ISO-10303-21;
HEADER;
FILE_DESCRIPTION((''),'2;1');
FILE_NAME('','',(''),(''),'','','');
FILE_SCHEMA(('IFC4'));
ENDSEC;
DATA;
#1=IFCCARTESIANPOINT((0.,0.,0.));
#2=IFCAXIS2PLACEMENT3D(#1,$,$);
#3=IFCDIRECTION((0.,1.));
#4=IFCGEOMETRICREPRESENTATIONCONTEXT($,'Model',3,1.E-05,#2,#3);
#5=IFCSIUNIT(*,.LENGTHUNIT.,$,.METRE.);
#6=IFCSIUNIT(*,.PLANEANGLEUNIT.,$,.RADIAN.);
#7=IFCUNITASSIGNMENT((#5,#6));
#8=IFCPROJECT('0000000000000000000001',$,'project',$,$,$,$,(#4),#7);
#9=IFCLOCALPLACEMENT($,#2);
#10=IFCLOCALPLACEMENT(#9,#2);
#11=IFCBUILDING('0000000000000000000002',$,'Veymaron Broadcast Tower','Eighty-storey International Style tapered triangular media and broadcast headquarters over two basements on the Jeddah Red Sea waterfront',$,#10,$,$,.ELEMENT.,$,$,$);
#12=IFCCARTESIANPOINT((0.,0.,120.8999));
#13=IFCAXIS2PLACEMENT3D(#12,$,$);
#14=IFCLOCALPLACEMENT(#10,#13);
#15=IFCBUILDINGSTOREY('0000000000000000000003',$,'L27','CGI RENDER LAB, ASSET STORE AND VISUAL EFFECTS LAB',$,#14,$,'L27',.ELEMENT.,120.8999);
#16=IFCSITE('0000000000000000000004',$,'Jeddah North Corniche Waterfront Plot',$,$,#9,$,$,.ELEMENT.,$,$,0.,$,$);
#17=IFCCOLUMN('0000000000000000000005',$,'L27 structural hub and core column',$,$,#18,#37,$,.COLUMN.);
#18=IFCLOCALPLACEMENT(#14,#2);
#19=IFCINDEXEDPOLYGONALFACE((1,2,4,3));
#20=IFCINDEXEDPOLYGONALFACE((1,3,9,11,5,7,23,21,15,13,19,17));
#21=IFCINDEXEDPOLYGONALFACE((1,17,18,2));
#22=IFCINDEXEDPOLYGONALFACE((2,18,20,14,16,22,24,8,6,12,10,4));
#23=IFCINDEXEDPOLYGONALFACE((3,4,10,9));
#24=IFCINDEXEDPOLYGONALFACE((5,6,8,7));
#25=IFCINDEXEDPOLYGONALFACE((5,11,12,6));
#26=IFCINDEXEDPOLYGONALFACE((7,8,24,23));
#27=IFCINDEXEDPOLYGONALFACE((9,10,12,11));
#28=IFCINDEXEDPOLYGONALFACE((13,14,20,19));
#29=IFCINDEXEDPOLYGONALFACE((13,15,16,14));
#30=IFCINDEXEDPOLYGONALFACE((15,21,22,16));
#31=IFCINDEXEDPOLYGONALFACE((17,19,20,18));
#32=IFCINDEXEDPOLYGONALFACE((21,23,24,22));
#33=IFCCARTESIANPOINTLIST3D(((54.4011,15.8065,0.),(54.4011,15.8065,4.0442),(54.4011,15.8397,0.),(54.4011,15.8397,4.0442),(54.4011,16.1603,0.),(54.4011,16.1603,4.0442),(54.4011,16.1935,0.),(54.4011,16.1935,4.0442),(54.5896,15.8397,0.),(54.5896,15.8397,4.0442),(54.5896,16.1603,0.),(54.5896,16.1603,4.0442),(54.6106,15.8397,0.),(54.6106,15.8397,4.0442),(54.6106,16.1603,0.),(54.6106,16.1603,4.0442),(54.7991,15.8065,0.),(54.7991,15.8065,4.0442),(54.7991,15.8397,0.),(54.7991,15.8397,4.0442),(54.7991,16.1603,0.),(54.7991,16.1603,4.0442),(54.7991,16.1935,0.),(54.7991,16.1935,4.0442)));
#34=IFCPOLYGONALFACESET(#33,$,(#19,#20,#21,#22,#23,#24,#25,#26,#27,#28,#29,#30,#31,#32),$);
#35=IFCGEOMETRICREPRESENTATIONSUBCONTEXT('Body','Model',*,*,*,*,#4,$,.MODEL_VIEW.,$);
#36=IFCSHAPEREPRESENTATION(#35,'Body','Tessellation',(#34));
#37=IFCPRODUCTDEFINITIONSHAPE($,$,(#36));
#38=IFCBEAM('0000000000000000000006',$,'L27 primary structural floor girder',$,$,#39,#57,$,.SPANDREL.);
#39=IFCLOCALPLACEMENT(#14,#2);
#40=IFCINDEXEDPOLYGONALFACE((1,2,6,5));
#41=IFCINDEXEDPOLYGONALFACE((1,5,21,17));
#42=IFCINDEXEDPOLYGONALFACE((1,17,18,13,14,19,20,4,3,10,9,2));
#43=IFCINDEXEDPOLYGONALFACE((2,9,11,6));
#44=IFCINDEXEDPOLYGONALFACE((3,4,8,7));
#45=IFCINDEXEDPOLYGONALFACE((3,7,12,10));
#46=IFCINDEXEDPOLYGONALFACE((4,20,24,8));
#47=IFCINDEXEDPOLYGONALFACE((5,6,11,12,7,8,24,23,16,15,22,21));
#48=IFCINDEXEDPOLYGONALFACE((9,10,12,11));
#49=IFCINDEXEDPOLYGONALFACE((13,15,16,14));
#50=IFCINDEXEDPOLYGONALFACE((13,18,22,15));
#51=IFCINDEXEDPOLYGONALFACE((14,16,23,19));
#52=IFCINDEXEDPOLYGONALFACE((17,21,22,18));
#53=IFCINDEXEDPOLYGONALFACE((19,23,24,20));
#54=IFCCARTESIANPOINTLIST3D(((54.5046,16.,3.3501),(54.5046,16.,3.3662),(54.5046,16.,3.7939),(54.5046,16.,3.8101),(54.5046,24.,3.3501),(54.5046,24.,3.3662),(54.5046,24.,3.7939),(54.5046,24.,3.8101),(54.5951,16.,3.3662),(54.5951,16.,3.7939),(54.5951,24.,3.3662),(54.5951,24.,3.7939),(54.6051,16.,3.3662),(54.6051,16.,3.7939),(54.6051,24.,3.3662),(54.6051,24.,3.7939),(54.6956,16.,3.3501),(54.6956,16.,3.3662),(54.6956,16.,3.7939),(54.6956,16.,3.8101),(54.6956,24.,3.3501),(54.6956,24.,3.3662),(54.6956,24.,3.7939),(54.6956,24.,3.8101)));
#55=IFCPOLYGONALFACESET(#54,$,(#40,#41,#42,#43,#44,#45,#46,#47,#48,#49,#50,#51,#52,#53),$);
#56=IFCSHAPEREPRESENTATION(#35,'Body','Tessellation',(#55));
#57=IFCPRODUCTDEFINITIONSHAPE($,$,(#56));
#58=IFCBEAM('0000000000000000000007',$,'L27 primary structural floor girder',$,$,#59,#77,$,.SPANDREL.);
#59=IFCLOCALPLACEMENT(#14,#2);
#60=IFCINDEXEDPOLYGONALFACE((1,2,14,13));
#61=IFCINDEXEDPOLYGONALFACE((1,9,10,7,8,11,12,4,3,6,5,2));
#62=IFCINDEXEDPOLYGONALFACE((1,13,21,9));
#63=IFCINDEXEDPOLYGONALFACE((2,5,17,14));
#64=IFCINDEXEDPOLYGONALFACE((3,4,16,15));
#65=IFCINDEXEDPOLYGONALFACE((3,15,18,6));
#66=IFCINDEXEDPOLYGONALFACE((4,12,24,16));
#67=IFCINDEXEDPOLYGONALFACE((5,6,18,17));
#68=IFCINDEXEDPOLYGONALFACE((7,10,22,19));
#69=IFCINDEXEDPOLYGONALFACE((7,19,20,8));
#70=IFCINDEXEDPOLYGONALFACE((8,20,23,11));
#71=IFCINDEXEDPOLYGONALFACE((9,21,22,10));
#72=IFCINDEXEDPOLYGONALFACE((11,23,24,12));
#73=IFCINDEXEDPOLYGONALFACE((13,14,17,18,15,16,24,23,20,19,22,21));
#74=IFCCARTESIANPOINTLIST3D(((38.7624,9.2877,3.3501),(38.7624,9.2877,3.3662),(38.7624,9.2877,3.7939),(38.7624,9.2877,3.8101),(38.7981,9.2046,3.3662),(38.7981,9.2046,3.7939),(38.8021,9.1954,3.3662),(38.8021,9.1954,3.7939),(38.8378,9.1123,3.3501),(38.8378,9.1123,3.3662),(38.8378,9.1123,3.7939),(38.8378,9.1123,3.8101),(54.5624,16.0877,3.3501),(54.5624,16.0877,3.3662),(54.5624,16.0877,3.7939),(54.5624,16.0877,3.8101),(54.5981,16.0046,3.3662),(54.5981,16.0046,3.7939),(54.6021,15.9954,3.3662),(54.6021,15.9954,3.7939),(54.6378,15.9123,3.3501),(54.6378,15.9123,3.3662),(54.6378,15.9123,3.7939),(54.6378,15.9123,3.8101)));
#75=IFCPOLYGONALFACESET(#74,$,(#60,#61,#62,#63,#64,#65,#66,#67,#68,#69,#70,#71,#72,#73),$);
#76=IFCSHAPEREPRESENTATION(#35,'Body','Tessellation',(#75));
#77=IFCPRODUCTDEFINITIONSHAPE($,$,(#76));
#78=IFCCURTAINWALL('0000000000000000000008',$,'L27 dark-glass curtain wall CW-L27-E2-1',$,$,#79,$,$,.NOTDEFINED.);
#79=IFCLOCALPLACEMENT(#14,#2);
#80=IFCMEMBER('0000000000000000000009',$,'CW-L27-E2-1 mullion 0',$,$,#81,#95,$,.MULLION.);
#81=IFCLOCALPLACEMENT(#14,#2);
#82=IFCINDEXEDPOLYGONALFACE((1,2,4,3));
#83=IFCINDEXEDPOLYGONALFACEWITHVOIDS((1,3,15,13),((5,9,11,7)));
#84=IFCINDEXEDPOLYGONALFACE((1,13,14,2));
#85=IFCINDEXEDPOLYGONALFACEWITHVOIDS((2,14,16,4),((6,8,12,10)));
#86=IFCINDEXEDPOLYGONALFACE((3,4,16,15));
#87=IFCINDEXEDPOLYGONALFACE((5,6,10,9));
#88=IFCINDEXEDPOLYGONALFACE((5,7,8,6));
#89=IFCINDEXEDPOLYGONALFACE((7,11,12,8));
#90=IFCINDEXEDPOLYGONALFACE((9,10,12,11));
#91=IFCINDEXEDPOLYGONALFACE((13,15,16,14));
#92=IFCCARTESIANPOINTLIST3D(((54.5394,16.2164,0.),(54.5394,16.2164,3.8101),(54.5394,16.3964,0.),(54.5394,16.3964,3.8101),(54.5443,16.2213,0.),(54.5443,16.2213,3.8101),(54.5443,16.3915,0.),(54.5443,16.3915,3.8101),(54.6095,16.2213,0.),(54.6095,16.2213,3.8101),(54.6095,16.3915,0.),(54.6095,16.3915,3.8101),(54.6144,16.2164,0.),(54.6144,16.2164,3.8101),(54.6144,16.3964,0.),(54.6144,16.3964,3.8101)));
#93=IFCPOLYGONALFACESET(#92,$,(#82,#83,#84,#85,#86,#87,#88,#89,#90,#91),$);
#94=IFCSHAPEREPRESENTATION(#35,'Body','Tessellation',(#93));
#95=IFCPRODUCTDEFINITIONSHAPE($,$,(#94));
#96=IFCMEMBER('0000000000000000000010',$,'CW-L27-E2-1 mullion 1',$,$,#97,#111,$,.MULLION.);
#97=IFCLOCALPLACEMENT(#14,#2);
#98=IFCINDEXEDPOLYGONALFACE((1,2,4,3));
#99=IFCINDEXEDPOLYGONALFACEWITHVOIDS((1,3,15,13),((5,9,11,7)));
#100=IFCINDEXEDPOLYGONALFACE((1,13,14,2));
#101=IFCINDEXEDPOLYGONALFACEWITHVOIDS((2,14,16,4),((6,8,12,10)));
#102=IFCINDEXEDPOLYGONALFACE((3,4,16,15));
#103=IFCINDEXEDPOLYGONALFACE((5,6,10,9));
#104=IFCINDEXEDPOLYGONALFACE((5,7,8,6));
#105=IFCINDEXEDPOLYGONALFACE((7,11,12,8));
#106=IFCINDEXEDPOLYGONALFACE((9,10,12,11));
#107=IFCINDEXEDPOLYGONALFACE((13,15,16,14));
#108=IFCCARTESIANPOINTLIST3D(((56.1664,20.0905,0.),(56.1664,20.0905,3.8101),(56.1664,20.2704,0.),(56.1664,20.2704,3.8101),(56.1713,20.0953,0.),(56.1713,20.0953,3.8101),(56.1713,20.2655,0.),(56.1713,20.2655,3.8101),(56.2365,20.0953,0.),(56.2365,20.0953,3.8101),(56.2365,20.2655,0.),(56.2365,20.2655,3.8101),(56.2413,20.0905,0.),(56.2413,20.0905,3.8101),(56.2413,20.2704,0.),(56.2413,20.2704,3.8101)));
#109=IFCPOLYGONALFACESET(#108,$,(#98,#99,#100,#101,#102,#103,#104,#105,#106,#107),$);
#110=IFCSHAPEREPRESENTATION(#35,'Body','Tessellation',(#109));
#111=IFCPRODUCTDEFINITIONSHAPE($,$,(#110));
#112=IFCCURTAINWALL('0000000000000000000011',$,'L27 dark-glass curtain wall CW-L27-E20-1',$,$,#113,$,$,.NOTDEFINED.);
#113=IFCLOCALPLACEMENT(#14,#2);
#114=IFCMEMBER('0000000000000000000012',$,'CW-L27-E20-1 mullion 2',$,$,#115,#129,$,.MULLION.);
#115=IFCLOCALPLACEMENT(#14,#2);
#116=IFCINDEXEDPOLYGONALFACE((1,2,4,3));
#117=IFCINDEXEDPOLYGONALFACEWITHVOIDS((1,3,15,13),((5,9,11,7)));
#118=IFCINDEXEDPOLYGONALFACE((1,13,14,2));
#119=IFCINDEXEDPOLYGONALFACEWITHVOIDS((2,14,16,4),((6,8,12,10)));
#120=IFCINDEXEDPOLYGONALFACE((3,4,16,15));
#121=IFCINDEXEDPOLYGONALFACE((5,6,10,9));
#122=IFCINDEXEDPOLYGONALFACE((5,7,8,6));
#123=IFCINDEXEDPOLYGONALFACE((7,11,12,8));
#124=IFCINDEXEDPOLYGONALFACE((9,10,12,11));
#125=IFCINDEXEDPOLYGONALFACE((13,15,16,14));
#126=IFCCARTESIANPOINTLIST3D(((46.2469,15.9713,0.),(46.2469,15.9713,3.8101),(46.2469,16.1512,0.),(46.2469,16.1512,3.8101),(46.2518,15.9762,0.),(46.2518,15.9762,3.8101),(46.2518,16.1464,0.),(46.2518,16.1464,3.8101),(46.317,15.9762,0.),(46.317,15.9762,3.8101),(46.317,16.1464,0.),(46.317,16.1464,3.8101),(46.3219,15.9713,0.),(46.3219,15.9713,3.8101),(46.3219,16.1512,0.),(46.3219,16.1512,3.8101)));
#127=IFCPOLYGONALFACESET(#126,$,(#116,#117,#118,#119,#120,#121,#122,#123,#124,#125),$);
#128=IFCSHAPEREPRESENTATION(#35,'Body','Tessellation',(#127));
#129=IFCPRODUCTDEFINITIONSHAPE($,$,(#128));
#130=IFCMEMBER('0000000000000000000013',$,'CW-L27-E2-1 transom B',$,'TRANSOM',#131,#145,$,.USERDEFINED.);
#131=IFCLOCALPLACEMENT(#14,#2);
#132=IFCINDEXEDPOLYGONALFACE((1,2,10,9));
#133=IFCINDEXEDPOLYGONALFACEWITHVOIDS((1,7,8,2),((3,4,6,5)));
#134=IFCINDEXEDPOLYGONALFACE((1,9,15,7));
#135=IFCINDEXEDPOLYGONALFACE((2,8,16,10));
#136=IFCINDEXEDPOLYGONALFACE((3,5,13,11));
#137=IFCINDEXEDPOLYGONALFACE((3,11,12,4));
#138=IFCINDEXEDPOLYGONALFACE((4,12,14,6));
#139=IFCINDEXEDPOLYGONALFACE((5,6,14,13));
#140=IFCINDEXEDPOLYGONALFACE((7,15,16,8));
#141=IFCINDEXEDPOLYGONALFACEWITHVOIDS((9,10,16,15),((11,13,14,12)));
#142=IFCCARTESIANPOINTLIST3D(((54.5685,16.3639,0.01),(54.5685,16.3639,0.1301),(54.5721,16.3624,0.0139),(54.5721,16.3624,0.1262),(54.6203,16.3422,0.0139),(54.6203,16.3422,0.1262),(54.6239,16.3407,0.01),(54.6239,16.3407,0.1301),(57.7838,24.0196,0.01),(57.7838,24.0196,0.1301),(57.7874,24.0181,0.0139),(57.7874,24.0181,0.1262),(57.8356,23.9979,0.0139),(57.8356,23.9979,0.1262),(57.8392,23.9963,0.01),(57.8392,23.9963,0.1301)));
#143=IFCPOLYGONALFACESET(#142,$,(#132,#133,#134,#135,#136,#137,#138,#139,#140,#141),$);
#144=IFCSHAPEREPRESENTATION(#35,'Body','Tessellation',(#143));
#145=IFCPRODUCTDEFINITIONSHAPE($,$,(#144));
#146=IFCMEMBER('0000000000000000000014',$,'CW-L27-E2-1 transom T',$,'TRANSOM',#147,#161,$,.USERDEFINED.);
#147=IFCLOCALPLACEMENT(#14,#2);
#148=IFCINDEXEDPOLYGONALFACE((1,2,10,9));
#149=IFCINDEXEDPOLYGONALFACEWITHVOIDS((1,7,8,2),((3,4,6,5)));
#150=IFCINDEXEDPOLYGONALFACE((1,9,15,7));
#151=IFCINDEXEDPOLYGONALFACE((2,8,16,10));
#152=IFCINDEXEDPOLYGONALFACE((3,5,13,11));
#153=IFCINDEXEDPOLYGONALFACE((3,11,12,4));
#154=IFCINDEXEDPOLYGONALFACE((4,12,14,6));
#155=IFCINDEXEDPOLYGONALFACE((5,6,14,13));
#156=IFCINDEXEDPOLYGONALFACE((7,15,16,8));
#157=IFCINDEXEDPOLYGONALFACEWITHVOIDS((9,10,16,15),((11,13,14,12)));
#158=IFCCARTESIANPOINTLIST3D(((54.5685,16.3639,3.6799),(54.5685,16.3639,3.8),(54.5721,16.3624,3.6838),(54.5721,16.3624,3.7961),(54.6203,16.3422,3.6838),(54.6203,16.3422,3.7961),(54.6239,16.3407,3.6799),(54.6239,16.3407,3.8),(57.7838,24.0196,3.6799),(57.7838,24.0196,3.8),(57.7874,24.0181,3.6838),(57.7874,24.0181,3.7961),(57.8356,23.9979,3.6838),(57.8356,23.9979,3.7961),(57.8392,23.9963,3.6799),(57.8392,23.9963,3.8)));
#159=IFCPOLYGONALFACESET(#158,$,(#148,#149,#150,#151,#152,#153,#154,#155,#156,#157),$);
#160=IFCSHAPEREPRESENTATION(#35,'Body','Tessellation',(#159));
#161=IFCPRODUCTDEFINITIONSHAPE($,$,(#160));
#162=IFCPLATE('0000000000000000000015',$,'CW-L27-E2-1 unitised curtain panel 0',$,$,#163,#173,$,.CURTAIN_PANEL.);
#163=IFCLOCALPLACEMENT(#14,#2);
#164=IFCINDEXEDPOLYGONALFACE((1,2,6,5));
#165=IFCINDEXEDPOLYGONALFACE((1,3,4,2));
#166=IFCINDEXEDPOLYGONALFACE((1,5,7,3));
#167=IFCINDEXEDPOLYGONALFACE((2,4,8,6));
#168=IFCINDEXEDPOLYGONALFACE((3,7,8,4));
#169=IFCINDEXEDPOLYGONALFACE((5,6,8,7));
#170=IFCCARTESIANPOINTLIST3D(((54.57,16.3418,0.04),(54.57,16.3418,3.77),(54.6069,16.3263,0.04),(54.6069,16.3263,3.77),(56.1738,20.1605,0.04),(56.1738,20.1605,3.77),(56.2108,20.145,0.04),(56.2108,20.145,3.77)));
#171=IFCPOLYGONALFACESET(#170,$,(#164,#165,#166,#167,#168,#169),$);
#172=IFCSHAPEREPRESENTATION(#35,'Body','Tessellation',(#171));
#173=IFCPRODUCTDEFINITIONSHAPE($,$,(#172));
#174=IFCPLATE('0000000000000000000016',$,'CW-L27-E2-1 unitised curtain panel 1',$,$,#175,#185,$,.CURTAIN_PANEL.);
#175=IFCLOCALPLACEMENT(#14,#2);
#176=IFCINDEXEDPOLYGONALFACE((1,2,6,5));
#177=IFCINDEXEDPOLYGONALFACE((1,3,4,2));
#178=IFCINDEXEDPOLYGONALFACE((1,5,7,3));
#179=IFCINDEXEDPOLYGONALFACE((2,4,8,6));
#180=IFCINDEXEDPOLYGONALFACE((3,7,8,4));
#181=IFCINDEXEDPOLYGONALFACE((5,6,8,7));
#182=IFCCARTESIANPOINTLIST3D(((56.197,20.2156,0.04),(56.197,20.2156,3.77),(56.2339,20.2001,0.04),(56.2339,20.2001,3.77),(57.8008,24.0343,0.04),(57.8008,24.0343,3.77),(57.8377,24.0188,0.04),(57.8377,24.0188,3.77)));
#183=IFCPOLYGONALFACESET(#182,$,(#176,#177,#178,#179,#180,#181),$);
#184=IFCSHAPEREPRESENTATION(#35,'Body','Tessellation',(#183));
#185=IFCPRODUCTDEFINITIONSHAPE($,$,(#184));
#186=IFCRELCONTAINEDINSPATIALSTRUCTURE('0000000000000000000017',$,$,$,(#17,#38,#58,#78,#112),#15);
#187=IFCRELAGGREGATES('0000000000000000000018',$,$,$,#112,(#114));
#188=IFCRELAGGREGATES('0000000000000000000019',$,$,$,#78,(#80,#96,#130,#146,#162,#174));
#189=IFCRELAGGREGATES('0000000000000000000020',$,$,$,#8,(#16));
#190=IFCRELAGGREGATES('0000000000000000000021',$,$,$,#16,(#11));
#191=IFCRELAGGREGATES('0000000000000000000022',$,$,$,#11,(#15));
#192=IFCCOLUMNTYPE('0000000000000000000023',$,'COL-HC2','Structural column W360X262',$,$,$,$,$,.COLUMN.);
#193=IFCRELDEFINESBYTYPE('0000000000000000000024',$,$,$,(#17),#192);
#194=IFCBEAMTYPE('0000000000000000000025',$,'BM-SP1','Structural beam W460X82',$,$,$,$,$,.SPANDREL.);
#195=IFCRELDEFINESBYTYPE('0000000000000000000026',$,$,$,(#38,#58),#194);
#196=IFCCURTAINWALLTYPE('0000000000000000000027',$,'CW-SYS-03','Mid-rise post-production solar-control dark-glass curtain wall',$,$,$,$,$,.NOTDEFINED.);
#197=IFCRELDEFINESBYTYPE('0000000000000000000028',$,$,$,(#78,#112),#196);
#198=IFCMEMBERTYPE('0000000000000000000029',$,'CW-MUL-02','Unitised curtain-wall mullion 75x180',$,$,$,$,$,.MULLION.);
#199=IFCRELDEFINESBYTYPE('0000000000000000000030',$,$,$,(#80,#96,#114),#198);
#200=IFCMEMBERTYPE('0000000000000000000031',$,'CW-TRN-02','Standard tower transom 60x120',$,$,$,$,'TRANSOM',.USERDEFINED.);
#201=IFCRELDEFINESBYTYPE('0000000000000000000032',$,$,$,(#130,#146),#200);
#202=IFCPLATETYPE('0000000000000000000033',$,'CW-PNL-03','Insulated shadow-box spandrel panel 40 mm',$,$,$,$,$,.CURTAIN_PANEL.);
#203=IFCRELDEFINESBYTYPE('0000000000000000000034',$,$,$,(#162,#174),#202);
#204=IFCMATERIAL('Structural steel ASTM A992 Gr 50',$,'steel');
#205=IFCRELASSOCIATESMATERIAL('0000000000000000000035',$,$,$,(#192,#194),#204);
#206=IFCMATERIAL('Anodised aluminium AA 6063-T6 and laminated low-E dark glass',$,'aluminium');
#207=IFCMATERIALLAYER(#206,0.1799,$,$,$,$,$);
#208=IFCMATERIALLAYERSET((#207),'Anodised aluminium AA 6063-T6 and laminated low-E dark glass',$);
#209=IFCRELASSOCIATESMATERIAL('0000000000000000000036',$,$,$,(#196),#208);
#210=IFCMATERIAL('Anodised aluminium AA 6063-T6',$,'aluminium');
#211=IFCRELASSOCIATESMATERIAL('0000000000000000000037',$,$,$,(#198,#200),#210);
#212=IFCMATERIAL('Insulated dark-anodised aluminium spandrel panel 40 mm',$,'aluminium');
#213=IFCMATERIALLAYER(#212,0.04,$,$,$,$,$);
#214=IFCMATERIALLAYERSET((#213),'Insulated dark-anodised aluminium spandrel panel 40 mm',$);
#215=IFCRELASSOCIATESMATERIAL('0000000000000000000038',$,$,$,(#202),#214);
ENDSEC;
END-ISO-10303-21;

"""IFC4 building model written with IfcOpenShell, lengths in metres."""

from ifc_helpers import new_model, si_unit, direction, frame, origin, origin_2d, place, context, subcontext, project, spatial, rectangle, hollow_rectangle, i_section, extrude, material, layer, layer_set, material_profile, profile_set, type_object, element, aggregate, save


model = new_model("IFC4")

# Units and contexts
model_context = context("Model", 3, precision=1e-05, world=origin(), true_north=direction((0.0, 1.0)))
body_context = subcontext(model_context, "Body", "Model", "MODEL_VIEW")
ifc_project = project(units=[si_unit("LENGTHUNIT", "METRE"), si_unit("PLANEANGLEUNIT", "RADIAN")], contexts=[model_context])

# Site, building, storey
site_placement = place(None, origin())
site = spatial("IfcSite", under=ifc_project, at=site_placement, Name="Jeddah North Corniche Waterfront Plot", CompositionType="ELEMENT", RefElevation=0.0)
building_placement = place(site_placement, origin())
building = spatial("IfcBuilding", under=site, at=building_placement, Name="Veymaron Broadcast Tower", Description="Eighty-storey International Style tapered triangular media and broadcast headquarters over two basements on the Jeddah Red Sea waterfront", CompositionType="ELEMENT")
storey_placement = place(building_placement, frame((0.0, 0.0, 120.8999)))
storey = spatial("IfcBuildingStorey", under=building, at=storey_placement, Name="L27", Description="CGI RENDER LAB, ASSET STORE AND VISUAL EFFECTS LAB", LongName="L27", CompositionType="ELEMENT", Elevation=120.8999)

# Column
ifc_material_1 = material(Name="Structural steel ASTM A992 Gr 50", Category="steel")
ifc_material_profile_1 = material_profile(ifc_material_1, i_section(OverallWidth=0.3979, OverallDepth=0.387, WebThickness=0.021, FlangeThickness=0.0332, at=origin_2d()), Name="W360X262")
ifc_profile_set_1 = profile_set([ifc_material_profile_1], Name="Structural steel ASTM A992 Gr 50")
column_type = type_object("IfcColumnType", Name="COL-HC2", Description="Structural column W360X262", PredefinedType="COLUMN", material=ifc_profile_set_1)
column_placement = place(storey_placement, frame((54.6001, 16.0, 0.0), z_axis=(0.0, 0.0, 1.0), x_axis=(1.0, 0.0, 0.0)))
element("IfcColumn", 1, at=column_placement, inside=storey, type_object=column_type, Name="L27 structural hub and core column", PredefinedType="COLUMN", context=body_context, shape_type="SweptSolid", body=[
    extrude(i_section(OverallWidth=0.3979, OverallDepth=0.387, WebThickness=0.021, FlangeThickness=0.0332, at=origin_2d()), origin(), (0.0, 0.0, 1.0), 4.0442),
])

# Beams
ifc_material_profile_2 = material_profile(ifc_material_1, i_section(OverallWidth=0.1909, OverallDepth=0.46, WebThickness=0.01, FlangeThickness=0.0161, at=origin_2d()), Name="W460X82")
ifc_profile_set_2 = profile_set([ifc_material_profile_2], Name="Structural steel ASTM A992 Gr 50")
beam_type = type_object("IfcBeamType", Name="BM-SP1", Description="Structural beam W460X82", PredefinedType="SPANDREL", material=ifc_profile_set_2)
beam_1_placement = place(storey_placement, frame((54.6001, 16.0, 3.5801), z_axis=(0.0, 1.0, 0.0), x_axis=(-1.0, 0.0, 0.0)))
element("IfcBeam", 2, at=beam_1_placement, inside=storey, type_object=beam_type, Name="L27 primary structural floor girder", PredefinedType="SPANDREL", context=body_context, shape_type="SweptSolid", body=[
    extrude(i_section(OverallWidth=0.1909, OverallDepth=0.46, WebThickness=0.01, FlangeThickness=0.0161, at=origin_2d()), origin(), (0.0, 0.0, 1.0), 8.0),
])
beam_2_placement = place(storey_placement, frame((54.6001, 16.0, 3.5801), z_axis=(-0.918542, -0.395323, 0.0), x_axis=(0.395323, -0.918542, 0.0)))
element("IfcBeam", 3, at=beam_2_placement, inside=storey, type_object=beam_type, Name="L27 primary structural floor girder", PredefinedType="SPANDREL", context=body_context, shape_type="SweptSolid", body=[
    extrude(i_section(OverallWidth=0.1909, OverallDepth=0.46, WebThickness=0.01, FlangeThickness=0.0161, at=origin_2d()), origin(), (0.0, 0.0, 1.0), 17.2012),
])

# Curtain wall, members
ifc_material_2 = material(Name="Anodised aluminium AA 6063-T6 and laminated low-E dark glass", Category="aluminium")
ifc_layer_1 = layer(ifc_material_2, 0.1799)
ifc_layer_set_1 = layer_set([ifc_layer_1], Name="Anodised aluminium AA 6063-T6 and laminated low-E dark glass")
curtain_wall_type = type_object("IfcCurtainWallType", Name="CW-SYS-03", Description="Mid-rise post-production solar-control dark-glass curtain wall", PredefinedType="NOTDEFINED", material=ifc_layer_set_1)
curtain_wall_1_placement = place(storey_placement, origin())
curtain_wall_1 = element("IfcCurtainWall", 4, at=curtain_wall_1_placement, inside=storey, type_object=curtain_wall_type, Name="L27 dark-glass curtain wall CW-L27-E2-1", PredefinedType="NOTDEFINED")
ifc_material_3 = material(Name="Anodised aluminium AA 6063-T6", Category="aluminium")
ifc_material_profile_3 = material_profile(ifc_material_3, hollow_rectangle(XDim=0.075, YDim=0.1799, WallThickness=0.0049, at=origin_2d()), Name="AL180X75X5")
ifc_profile_set_3 = profile_set([ifc_material_profile_3], Name="Anodised aluminium AA 6063-T6")
member_type_1 = type_object("IfcMemberType", Name="CW-MUL-02", Description="Unitised curtain-wall mullion 75x180", PredefinedType="MULLION", material=ifc_profile_set_3)
member_1_placement = place(storey_placement, frame((54.5769, 16.3064, 0.0), z_axis=(0.0, 0.0, 1.0), x_axis=(1.0, 0.0, 0.0)))
member_1 = element("IfcMember", 5, at=member_1_placement, type_object=member_type_1, Name="CW-L27-E2-1 mullion 0", PredefinedType="MULLION", context=body_context, shape_type="SweptSolid", body=[
    extrude(hollow_rectangle(XDim=0.075, YDim=0.1799, WallThickness=0.0049, at=origin_2d()), origin(), (0.0, 0.0, 1.0), 3.8101),
])
member_2_placement = place(storey_placement, frame((56.2039, 20.1804, 0.0), z_axis=(0.0, 0.0, 1.0), x_axis=(1.0, 0.0, 0.0)))
member_2 = element("IfcMember", 6, at=member_2_placement, type_object=member_type_1, Name="CW-L27-E2-1 mullion 1", PredefinedType="MULLION", context=body_context, shape_type="SweptSolid", body=[
    extrude(hollow_rectangle(XDim=0.075, YDim=0.1799, WallThickness=0.0049, at=origin_2d()), origin(), (0.0, 0.0, 1.0), 3.8101),
])

# Curtain wall, member
curtain_wall_2_placement = place(storey_placement, origin())
curtain_wall_2 = element("IfcCurtainWall", 7, at=curtain_wall_2_placement, inside=storey, type_object=curtain_wall_type, Name="L27 dark-glass curtain wall CW-L27-E20-1", PredefinedType="NOTDEFINED")
member_3_placement = place(storey_placement, frame((46.2844, 16.0613, 0.0), z_axis=(0.0, 0.0, 1.0), x_axis=(1.0, 0.0, 0.0)))
member_3 = element("IfcMember", 8, at=member_3_placement, type_object=member_type_1, Name="CW-L27-E20-1 mullion 2", PredefinedType="MULLION", context=body_context, shape_type="SweptSolid", body=[
    extrude(hollow_rectangle(XDim=0.075, YDim=0.1799, WallThickness=0.0049, at=origin_2d()), origin(), (0.0, 0.0, 1.0), 3.8101),
])
aggregate(curtain_wall_2, [member_3])

# Members
ifc_material_profile_4 = material_profile(ifc_material_3, hollow_rectangle(XDim=0.0601, YDim=0.1201, WallThickness=0.0039, at=origin_2d()), Name="AL120X60X4")
ifc_profile_set_4 = profile_set([ifc_material_profile_4], Name="Anodised aluminium AA 6063-T6")
member_type_2 = type_object("IfcMemberType", Name="CW-TRN-02", Description="Standard tower transom 60x120", ElementType="TRANSOM", PredefinedType="USERDEFINED", material=ifc_profile_set_4)
member_4_placement = place(storey_placement, frame((54.5962, 16.3523, 0.0701), z_axis=(0.387223, 0.921986, 0.0), x_axis=(-0.921986, 0.387223, 0.0)))
member_4 = element("IfcMember", 9, at=member_4_placement, type_object=member_type_2, Name="CW-L27-E2-1 transom B", ObjectType="TRANSOM", PredefinedType="USERDEFINED", context=body_context, shape_type="SweptSolid", body=[
    extrude(hollow_rectangle(XDim=0.0601, YDim=0.1201, WallThickness=0.0039, at=origin_2d()), origin(), (0.0, 0.0, 1.0), 8.3035),
])
member_5_placement = place(storey_placement, frame((54.5962, 16.3523, 3.74), z_axis=(0.387223, 0.921986, 0.0), x_axis=(-0.921986, 0.387223, 0.0)))
member_5 = element("IfcMember", 10, at=member_5_placement, type_object=member_type_2, Name="CW-L27-E2-1 transom T", ObjectType="TRANSOM", PredefinedType="USERDEFINED", context=body_context, shape_type="SweptSolid", body=[
    extrude(hollow_rectangle(XDim=0.0601, YDim=0.1201, WallThickness=0.0039, at=origin_2d()), origin(), (0.0, 0.0, 1.0), 8.3035),
])

# Plates
ifc_material_4 = material(Name="Insulated dark-anodised aluminium spandrel panel 40 mm", Category="aluminium")
ifc_layer_2 = layer(ifc_material_4, 0.04)
ifc_layer_set_2 = layer_set([ifc_layer_2], Name="Insulated dark-anodised aluminium spandrel panel 40 mm")
plate_type_1 = type_object("IfcPlateType", Name="CW-PNL-03", Description="Insulated shadow-box spandrel panel 40 mm", PredefinedType="CURTAIN_PANEL", material=ifc_layer_set_2)
plate_1_placement = place(storey_placement, frame((55.3904, 18.2434, 0.04), z_axis=(0.0, 0.0, 1.0), x_axis=(0.387226, 0.921985, 0.0)))
plate_1 = element("IfcPlate", 11, at=plate_1_placement, type_object=plate_type_1, Name="CW-L27-E2-1 unitised curtain panel 0", PredefinedType="CURTAIN_PANEL", context=body_context, shape_type="SweptSolid", body=[
    extrude(rectangle(XDim=4.1418, YDim=0.04, at=origin_2d()), origin(), (0.0, 0.0, 1.0), 3.73),
])
plate_2_placement = place(storey_placement, frame((57.0173, 22.1172, 0.04), z_axis=(0.0, 0.0, 1.0), x_axis=(0.387226, 0.921985, 0.0)))
plate_2 = element("IfcPlate", 12, at=plate_2_placement, type_object=plate_type_1, Name="CW-L27-E2-1 unitised curtain panel 1", PredefinedType="CURTAIN_PANEL", context=body_context, shape_type="SweptSolid", body=[
    extrude(rectangle(XDim=4.1418, YDim=0.04, at=origin_2d()), origin(), (0.0, 0.0, 1.0), 3.73),
])
aggregate(curtain_wall_1, [member_1, member_2, member_4, member_5, plate_1, plate_2])

save(model, "model.ifc")
